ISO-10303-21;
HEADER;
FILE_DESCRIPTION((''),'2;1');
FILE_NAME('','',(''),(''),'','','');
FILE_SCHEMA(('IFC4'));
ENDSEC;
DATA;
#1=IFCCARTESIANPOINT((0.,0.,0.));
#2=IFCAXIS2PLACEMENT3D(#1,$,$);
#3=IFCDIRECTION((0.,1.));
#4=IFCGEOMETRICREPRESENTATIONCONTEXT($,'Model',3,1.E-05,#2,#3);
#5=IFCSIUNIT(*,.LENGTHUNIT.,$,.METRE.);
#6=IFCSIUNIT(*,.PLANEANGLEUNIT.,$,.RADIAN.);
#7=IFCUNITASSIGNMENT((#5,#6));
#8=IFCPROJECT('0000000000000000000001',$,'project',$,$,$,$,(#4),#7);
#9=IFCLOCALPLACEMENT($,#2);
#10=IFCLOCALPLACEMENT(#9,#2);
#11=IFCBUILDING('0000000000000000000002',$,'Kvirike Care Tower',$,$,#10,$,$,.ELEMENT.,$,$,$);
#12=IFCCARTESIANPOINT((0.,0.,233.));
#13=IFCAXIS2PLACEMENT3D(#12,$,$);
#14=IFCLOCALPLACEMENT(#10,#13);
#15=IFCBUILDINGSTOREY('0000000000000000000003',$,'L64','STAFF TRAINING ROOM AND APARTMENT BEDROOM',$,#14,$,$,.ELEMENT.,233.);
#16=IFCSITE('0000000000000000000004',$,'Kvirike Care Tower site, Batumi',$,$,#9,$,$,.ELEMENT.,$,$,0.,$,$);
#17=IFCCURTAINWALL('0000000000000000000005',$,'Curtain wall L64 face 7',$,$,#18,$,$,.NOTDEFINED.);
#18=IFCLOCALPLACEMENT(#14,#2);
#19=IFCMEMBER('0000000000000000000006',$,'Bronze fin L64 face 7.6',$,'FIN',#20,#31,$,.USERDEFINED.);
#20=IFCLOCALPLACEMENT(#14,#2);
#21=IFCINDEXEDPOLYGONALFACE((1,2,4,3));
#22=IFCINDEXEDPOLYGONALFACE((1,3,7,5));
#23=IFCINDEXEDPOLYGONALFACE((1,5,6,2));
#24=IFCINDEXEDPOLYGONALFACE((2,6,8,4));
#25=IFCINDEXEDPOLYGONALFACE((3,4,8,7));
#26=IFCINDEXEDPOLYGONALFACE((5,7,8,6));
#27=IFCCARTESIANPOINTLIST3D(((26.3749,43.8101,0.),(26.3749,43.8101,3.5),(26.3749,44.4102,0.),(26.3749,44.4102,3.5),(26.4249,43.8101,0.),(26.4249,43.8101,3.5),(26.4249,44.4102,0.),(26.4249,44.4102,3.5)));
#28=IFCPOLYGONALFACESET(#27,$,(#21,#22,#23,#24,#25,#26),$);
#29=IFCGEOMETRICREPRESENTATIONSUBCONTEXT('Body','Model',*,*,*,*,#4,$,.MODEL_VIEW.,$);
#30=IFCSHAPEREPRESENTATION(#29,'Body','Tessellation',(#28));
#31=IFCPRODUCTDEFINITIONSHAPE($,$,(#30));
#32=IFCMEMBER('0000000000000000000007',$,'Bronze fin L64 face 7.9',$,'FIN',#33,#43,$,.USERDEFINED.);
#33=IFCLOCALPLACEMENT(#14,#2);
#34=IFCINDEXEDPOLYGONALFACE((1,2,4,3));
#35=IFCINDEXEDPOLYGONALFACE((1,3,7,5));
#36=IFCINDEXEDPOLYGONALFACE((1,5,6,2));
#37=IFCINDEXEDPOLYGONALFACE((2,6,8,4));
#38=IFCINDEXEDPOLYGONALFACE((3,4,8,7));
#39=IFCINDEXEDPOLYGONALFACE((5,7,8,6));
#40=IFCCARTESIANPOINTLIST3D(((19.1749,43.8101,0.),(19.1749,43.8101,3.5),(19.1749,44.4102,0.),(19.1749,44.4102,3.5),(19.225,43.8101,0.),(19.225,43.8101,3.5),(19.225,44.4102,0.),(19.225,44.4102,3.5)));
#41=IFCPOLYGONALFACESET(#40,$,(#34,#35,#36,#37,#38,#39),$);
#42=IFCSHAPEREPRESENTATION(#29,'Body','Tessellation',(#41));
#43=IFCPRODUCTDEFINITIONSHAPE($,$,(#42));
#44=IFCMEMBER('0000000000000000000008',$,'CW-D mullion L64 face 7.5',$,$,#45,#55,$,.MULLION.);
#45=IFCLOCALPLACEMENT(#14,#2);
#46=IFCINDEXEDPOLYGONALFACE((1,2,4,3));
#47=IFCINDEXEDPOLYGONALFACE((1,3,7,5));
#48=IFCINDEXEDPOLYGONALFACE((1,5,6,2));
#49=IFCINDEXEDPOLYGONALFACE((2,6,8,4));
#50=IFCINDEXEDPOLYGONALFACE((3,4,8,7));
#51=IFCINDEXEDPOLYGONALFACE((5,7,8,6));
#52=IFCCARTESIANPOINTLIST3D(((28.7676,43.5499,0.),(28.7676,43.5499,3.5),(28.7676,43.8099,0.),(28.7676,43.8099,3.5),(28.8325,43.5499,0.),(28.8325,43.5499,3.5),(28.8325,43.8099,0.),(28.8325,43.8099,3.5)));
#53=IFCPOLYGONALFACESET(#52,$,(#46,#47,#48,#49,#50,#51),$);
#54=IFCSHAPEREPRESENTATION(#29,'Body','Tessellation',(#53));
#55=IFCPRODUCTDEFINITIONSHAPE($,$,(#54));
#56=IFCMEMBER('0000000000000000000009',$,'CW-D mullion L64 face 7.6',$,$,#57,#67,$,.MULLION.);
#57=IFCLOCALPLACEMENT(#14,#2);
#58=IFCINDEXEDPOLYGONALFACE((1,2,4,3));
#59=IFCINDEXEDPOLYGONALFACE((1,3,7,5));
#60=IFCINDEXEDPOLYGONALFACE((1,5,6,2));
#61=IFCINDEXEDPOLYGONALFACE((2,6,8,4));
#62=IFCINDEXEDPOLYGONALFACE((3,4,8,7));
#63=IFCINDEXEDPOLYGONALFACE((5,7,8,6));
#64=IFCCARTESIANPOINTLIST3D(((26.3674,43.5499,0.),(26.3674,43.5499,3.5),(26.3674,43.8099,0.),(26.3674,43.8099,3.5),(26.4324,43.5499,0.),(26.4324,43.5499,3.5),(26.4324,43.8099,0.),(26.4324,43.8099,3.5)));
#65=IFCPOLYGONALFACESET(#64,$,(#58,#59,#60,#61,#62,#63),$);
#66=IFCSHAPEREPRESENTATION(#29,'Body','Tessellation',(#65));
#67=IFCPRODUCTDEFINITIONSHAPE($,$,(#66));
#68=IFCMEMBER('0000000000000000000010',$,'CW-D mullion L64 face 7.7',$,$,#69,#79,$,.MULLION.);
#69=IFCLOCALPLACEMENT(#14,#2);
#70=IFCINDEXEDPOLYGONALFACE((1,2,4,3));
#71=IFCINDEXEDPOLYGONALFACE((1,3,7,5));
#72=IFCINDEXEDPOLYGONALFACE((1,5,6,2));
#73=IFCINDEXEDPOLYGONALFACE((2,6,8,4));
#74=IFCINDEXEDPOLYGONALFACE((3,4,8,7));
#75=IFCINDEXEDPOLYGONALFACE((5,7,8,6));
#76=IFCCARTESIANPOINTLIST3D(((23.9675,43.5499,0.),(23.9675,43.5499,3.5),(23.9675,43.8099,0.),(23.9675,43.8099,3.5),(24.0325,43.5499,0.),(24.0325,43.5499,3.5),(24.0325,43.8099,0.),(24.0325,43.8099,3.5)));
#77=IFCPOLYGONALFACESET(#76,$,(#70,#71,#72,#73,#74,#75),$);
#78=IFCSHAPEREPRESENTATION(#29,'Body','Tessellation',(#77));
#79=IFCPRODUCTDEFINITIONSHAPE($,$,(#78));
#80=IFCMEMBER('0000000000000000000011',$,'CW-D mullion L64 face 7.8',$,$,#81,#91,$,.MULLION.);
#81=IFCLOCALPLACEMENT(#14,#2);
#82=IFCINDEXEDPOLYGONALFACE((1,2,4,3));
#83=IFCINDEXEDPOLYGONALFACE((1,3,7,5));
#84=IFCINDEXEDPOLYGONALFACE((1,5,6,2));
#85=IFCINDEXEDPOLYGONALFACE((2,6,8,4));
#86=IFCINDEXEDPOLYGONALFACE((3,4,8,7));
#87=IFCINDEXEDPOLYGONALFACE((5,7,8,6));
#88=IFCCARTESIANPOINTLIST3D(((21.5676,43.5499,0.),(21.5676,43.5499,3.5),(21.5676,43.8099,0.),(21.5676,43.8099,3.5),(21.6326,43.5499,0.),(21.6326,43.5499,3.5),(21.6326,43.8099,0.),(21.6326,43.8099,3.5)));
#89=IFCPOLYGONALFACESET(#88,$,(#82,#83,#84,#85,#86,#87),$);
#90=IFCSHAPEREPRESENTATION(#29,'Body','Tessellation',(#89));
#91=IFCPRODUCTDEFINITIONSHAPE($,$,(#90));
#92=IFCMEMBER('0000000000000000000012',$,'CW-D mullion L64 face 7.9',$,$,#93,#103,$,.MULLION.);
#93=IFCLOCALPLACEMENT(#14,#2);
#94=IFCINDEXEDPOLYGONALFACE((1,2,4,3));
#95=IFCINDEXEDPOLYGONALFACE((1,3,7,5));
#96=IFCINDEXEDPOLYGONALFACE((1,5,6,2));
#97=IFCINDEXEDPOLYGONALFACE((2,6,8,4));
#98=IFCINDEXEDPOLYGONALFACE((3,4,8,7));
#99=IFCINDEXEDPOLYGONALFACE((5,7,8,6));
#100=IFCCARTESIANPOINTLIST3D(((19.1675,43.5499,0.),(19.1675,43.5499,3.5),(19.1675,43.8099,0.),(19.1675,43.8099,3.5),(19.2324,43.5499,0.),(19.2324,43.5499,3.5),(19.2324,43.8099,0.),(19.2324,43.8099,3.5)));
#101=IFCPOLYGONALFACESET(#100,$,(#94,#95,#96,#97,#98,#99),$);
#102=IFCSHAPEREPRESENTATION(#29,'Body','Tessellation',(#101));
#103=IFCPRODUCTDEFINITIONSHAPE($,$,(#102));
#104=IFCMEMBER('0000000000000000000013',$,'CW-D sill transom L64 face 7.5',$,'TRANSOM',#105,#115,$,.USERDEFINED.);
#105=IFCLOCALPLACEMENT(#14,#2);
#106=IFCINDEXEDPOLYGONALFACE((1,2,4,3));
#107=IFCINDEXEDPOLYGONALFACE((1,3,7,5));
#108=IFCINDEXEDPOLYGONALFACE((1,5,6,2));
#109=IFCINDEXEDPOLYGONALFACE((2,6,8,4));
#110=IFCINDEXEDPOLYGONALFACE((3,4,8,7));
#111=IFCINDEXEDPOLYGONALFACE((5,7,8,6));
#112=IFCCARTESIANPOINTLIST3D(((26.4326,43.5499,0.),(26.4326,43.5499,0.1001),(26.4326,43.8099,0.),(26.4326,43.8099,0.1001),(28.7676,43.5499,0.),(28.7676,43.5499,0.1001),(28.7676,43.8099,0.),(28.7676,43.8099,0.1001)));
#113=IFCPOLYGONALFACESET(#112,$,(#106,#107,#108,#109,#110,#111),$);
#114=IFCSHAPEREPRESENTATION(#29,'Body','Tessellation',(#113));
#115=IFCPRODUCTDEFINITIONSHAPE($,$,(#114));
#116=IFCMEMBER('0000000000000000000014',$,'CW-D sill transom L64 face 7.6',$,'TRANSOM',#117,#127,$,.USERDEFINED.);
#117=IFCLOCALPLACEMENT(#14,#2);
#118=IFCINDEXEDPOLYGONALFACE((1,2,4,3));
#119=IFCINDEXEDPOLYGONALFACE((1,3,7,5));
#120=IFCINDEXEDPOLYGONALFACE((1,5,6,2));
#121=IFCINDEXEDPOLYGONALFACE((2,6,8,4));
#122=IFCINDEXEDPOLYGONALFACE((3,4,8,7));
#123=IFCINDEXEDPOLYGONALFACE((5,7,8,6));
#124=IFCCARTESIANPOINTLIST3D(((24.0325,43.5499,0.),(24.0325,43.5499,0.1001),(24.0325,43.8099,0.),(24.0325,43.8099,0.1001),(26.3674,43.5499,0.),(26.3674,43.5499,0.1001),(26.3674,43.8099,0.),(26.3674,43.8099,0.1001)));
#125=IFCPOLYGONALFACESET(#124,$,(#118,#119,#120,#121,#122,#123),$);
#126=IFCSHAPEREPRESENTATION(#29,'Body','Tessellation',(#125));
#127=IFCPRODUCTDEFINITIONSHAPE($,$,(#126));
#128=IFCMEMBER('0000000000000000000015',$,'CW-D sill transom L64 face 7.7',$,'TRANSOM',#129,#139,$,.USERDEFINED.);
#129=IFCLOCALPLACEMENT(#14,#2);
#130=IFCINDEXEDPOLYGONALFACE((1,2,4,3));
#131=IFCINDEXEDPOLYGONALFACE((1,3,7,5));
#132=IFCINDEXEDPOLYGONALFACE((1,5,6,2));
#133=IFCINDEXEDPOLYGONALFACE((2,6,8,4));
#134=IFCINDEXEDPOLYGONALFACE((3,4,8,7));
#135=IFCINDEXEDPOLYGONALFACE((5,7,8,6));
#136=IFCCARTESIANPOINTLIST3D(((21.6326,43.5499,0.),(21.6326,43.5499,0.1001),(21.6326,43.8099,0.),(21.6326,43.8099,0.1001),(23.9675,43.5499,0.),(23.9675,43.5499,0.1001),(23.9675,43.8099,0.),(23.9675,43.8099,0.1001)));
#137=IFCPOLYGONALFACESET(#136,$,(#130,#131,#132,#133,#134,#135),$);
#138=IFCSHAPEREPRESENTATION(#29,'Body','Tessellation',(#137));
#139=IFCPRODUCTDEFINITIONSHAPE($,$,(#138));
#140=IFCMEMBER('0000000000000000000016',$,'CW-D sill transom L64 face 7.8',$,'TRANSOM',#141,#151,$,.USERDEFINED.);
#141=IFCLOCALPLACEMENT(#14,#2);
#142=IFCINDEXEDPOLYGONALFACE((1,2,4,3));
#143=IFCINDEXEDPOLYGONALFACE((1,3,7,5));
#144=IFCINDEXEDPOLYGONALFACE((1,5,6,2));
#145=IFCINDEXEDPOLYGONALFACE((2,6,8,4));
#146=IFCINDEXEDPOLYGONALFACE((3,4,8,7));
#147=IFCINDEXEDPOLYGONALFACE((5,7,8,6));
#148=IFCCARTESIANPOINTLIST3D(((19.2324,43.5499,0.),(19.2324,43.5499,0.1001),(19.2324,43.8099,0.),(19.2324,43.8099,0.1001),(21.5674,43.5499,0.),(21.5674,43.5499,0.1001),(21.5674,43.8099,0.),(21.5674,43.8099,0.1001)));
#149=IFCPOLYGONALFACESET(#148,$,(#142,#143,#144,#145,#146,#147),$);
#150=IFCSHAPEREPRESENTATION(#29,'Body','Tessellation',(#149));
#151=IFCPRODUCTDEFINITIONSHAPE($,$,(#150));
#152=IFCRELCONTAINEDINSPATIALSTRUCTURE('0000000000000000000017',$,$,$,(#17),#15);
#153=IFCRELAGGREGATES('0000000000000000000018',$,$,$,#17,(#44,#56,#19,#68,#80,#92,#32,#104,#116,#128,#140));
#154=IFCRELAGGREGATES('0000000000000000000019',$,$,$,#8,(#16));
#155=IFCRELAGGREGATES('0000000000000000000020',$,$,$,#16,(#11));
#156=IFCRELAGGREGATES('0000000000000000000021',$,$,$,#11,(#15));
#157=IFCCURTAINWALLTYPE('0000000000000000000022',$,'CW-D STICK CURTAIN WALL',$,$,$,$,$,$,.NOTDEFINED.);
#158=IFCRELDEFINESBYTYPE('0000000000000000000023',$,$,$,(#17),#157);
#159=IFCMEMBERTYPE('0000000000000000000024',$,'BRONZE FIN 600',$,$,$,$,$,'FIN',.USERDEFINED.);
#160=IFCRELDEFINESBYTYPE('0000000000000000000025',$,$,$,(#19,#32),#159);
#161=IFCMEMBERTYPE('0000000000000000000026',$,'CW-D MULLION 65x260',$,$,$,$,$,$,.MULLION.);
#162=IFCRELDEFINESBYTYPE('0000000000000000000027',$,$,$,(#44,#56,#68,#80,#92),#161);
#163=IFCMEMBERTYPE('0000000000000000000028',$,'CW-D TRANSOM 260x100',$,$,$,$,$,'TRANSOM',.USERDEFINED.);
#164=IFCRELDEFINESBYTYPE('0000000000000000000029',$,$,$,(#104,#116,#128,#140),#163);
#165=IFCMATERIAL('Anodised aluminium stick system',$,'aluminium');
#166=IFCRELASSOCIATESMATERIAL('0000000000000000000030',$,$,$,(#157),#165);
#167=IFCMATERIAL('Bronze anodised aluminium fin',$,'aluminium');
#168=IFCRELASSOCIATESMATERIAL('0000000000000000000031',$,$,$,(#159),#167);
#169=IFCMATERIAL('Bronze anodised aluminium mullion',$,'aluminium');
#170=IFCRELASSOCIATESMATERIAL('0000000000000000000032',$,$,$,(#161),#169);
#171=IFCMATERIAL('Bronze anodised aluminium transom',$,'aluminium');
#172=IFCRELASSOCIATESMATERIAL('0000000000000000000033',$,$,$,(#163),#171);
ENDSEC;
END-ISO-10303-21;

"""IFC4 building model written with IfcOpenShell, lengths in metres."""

from ifc_helpers import new_model, si_unit, direction, frame, origin, origin_2d, place, context, subcontext, project, spatial, rectangle, extrude, material, material_profile, profile_set, type_object, element, aggregate, save


model = new_model("IFC4")

# Units and contexts
model_context = context("Model", 3, precision=1e-05, world=origin(), true_north=direction((0.0, 1.0)))
body_context = subcontext(model_context, "Body", "Model", "MODEL_VIEW")
ifc_project = project(units=[si_unit("LENGTHUNIT", "METRE"), si_unit("PLANEANGLEUNIT", "RADIAN")], contexts=[model_context])

# Site, building, storey
site_placement = place(None, origin())
site = spatial("IfcSite", under=ifc_project, at=site_placement, Name="Kvirike Care Tower site, Batumi", CompositionType="ELEMENT", RefElevation=0.0)
building_placement = place(site_placement, origin())
building = spatial("IfcBuilding", under=site, at=building_placement, Name="Kvirike Care Tower", CompositionType="ELEMENT")
storey_placement = place(building_placement, frame((0.0, 0.0, 233.0)))
storey = spatial("IfcBuildingStorey", under=building, at=storey_placement, Name="L64", Description="STAFF TRAINING ROOM AND APARTMENT BEDROOM", CompositionType="ELEMENT", Elevation=233.0)

# Curtain wall, members
ifc_material_1 = material(Name="Anodised aluminium stick system", Category="aluminium")
curtain_wall_type = type_object("IfcCurtainWallType", Name="CW-D STICK CURTAIN WALL", PredefinedType="NOTDEFINED", material=ifc_material_1)
curtain_wall_placement = place(storey_placement, origin())
curtain_wall = element("IfcCurtainWall", 1, at=curtain_wall_placement, inside=storey, type_object=curtain_wall_type, Name="Curtain wall L64 face 7", PredefinedType="NOTDEFINED")
ifc_material_2 = material(Name="Bronze anodised aluminium fin", Category="aluminium")
ifc_material_profile_1 = material_profile(ifc_material_2, rectangle(XDim=0.05, YDim=0.6001, at=origin_2d()), Name="BRONZE FIN 600")
ifc_profile_set_1 = profile_set([ifc_material_profile_1], Name="Bronze anodised aluminium fin")
member_type_1 = type_object("IfcMemberType", Name="BRONZE FIN 600", ElementType="FIN", PredefinedType="USERDEFINED", material=ifc_profile_set_1)
member_1_placement = place(storey_placement, frame((26.3999, 44.1101, 0.0), z_axis=(0.0, 0.0, 1.0), x_axis=(-1.0, 0.0, 0.0)))
member_1 = element("IfcMember", 2, at=member_1_placement, type_object=member_type_1, Name="Bronze fin L64 face 7.6", ObjectType="FIN", PredefinedType="USERDEFINED", context=body_context, shape_type="SweptSolid", body=[
    extrude(rectangle(XDim=0.05, YDim=0.6001, at=origin_2d()), origin(), (0.0, 0.0, 1.0), 3.5),
])
member_2_placement = place(storey_placement, frame((19.2, 44.1101, 0.0), z_axis=(0.0, 0.0, 1.0), x_axis=(-1.0, 0.0, 0.0)))
member_2 = element("IfcMember", 3, at=member_2_placement, type_object=member_type_1, Name="Bronze fin L64 face 7.9", ObjectType="FIN", PredefinedType="USERDEFINED", context=body_context, shape_type="SweptSolid", body=[
    extrude(rectangle(XDim=0.05, YDim=0.6001, at=origin_2d()), origin(), (0.0, 0.0, 1.0), 3.5),
])
ifc_material_3 = material(Name="Bronze anodised aluminium mullion", Category="aluminium")
ifc_material_profile_2 = material_profile(ifc_material_3, rectangle(XDim=0.0649, YDim=0.26, at=origin_2d()), Name="CW-D MULLION 65x260")
ifc_profile_set_2 = profile_set([ifc_material_profile_2], Name="Bronze anodised aluminium mullion")
member_type_2 = type_object("IfcMemberType", Name="CW-D MULLION 65x260", PredefinedType="MULLION", material=ifc_profile_set_2)
member_3_placement = place(storey_placement, frame((28.8, 43.6799, 0.0), z_axis=(0.0, 0.0, 1.0), x_axis=(-1.0, 0.0, 0.0)))
member_3 = element("IfcMember", 4, at=member_3_placement, type_object=member_type_2, Name="CW-D mullion L64 face 7.5", PredefinedType="MULLION", context=body_context, shape_type="SweptSolid", body=[
    extrude(rectangle(XDim=0.0649, YDim=0.26, at=origin_2d()), origin(), (0.0, 0.0, 1.0), 3.5),
])
member_4_placement = place(storey_placement, frame((26.3999, 43.6799, 0.0), z_axis=(0.0, 0.0, 1.0), x_axis=(-1.0, 0.0, 0.0)))
member_4 = element("IfcMember", 5, at=member_4_placement, type_object=member_type_2, Name="CW-D mullion L64 face 7.6", PredefinedType="MULLION", context=body_context, shape_type="SweptSolid", body=[
    extrude(rectangle(XDim=0.0649, YDim=0.26, at=origin_2d()), origin(), (0.0, 0.0, 1.0), 3.5),
])
member_5_placement = place(storey_placement, frame((24.0, 43.6799, 0.0), z_axis=(0.0, 0.0, 1.0), x_axis=(-1.0, 0.0, 0.0)))
member_5 = element("IfcMember", 6, at=member_5_placement, type_object=member_type_2, Name="CW-D mullion L64 face 7.7", PredefinedType="MULLION", context=body_context, shape_type="SweptSolid", body=[
    extrude(rectangle(XDim=0.0649, YDim=0.26, at=origin_2d()), origin(), (0.0, 0.0, 1.0), 3.5),
])
member_6_placement = place(storey_placement, frame((21.6001, 43.6799, 0.0), z_axis=(0.0, 0.0, 1.0), x_axis=(-1.0, 0.0, 0.0)))
member_6 = element("IfcMember", 7, at=member_6_placement, type_object=member_type_2, Name="CW-D mullion L64 face 7.8", PredefinedType="MULLION", context=body_context, shape_type="SweptSolid", body=[
    extrude(rectangle(XDim=0.0649, YDim=0.26, at=origin_2d()), origin(), (0.0, 0.0, 1.0), 3.5),
])
member_7_placement = place(storey_placement, frame((19.2, 43.6799, 0.0), z_axis=(0.0, 0.0, 1.0), x_axis=(-1.0, 0.0, 0.0)))
member_7 = element("IfcMember", 8, at=member_7_placement, type_object=member_type_2, Name="CW-D mullion L64 face 7.9", PredefinedType="MULLION", context=body_context, shape_type="SweptSolid", body=[
    extrude(rectangle(XDim=0.0649, YDim=0.26, at=origin_2d()), origin(), (0.0, 0.0, 1.0), 3.5),
])
ifc_material_4 = material(Name="Bronze anodised aluminium transom", Category="aluminium")
ifc_material_profile_3 = material_profile(ifc_material_4, rectangle(XDim=0.26, YDim=0.1001, at=origin_2d()), Name="CW-D TRANSOM 260x100")
ifc_profile_set_3 = profile_set([ifc_material_profile_3], Name="Bronze anodised aluminium transom")
member_type_3 = type_object("IfcMemberType", Name="CW-D TRANSOM 260x100", ElementType="TRANSOM", PredefinedType="USERDEFINED", material=ifc_profile_set_3)
member_8_placement = place(storey_placement, frame((28.7676, 43.6799, 0.05), z_axis=(-1.0, 0.0, 0.0), x_axis=(0.0, -1.0, 0.0)))
member_8 = element("IfcMember", 9, at=member_8_placement, type_object=member_type_3, Name="CW-D sill transom L64 face 7.5", ObjectType="TRANSOM", PredefinedType="USERDEFINED", context=body_context, shape_type="SweptSolid", body=[
    extrude(rectangle(XDim=0.26, YDim=0.1001, at=origin_2d()), origin(), (0.0, 0.0, 1.0), 2.335),
])
member_9_placement = place(storey_placement, frame((26.3674, 43.6799, 0.05), z_axis=(-1.0, 0.0, 0.0), x_axis=(0.0, -1.0, 0.0)))
member_9 = element("IfcMember", 10, at=member_9_placement, type_object=member_type_3, Name="CW-D sill transom L64 face 7.6", ObjectType="TRANSOM", PredefinedType="USERDEFINED", context=body_context, shape_type="SweptSolid", body=[
    extrude(rectangle(XDim=0.26, YDim=0.1001, at=origin_2d()), origin(), (0.0, 0.0, 1.0), 2.335),
])
member_10_placement = place(storey_placement, frame((23.9675, 43.6799, 0.05), z_axis=(-1.0, 0.0, 0.0), x_axis=(0.0, -1.0, 0.0)))
member_10 = element("IfcMember", 11, at=member_10_placement, type_object=member_type_3, Name="CW-D sill transom L64 face 7.7", ObjectType="TRANSOM", PredefinedType="USERDEFINED", context=body_context, shape_type="SweptSolid", body=[
    extrude(rectangle(XDim=0.26, YDim=0.1001, at=origin_2d()), origin(), (0.0, 0.0, 1.0), 2.335),
])
member_11_placement = place(storey_placement, frame((21.5674, 43.6799, 0.05), z_axis=(-1.0, 0.0, 0.0), x_axis=(0.0, -1.0, 0.0)))
member_11 = element("IfcMember", 12, at=member_11_placement, type_object=member_type_3, Name="CW-D sill transom L64 face 7.8", ObjectType="TRANSOM", PredefinedType="USERDEFINED", context=body_context, shape_type="SweptSolid", body=[
    extrude(rectangle(XDim=0.26, YDim=0.1001, at=origin_2d()), origin(), (0.0, 0.0, 1.0), 2.335),
])

aggregate(curtain_wall, [member_3, member_4, member_1, member_5, member_6, member_7, member_2, member_8, member_9, member_10, member_11])

save(model, "model.ifc")
